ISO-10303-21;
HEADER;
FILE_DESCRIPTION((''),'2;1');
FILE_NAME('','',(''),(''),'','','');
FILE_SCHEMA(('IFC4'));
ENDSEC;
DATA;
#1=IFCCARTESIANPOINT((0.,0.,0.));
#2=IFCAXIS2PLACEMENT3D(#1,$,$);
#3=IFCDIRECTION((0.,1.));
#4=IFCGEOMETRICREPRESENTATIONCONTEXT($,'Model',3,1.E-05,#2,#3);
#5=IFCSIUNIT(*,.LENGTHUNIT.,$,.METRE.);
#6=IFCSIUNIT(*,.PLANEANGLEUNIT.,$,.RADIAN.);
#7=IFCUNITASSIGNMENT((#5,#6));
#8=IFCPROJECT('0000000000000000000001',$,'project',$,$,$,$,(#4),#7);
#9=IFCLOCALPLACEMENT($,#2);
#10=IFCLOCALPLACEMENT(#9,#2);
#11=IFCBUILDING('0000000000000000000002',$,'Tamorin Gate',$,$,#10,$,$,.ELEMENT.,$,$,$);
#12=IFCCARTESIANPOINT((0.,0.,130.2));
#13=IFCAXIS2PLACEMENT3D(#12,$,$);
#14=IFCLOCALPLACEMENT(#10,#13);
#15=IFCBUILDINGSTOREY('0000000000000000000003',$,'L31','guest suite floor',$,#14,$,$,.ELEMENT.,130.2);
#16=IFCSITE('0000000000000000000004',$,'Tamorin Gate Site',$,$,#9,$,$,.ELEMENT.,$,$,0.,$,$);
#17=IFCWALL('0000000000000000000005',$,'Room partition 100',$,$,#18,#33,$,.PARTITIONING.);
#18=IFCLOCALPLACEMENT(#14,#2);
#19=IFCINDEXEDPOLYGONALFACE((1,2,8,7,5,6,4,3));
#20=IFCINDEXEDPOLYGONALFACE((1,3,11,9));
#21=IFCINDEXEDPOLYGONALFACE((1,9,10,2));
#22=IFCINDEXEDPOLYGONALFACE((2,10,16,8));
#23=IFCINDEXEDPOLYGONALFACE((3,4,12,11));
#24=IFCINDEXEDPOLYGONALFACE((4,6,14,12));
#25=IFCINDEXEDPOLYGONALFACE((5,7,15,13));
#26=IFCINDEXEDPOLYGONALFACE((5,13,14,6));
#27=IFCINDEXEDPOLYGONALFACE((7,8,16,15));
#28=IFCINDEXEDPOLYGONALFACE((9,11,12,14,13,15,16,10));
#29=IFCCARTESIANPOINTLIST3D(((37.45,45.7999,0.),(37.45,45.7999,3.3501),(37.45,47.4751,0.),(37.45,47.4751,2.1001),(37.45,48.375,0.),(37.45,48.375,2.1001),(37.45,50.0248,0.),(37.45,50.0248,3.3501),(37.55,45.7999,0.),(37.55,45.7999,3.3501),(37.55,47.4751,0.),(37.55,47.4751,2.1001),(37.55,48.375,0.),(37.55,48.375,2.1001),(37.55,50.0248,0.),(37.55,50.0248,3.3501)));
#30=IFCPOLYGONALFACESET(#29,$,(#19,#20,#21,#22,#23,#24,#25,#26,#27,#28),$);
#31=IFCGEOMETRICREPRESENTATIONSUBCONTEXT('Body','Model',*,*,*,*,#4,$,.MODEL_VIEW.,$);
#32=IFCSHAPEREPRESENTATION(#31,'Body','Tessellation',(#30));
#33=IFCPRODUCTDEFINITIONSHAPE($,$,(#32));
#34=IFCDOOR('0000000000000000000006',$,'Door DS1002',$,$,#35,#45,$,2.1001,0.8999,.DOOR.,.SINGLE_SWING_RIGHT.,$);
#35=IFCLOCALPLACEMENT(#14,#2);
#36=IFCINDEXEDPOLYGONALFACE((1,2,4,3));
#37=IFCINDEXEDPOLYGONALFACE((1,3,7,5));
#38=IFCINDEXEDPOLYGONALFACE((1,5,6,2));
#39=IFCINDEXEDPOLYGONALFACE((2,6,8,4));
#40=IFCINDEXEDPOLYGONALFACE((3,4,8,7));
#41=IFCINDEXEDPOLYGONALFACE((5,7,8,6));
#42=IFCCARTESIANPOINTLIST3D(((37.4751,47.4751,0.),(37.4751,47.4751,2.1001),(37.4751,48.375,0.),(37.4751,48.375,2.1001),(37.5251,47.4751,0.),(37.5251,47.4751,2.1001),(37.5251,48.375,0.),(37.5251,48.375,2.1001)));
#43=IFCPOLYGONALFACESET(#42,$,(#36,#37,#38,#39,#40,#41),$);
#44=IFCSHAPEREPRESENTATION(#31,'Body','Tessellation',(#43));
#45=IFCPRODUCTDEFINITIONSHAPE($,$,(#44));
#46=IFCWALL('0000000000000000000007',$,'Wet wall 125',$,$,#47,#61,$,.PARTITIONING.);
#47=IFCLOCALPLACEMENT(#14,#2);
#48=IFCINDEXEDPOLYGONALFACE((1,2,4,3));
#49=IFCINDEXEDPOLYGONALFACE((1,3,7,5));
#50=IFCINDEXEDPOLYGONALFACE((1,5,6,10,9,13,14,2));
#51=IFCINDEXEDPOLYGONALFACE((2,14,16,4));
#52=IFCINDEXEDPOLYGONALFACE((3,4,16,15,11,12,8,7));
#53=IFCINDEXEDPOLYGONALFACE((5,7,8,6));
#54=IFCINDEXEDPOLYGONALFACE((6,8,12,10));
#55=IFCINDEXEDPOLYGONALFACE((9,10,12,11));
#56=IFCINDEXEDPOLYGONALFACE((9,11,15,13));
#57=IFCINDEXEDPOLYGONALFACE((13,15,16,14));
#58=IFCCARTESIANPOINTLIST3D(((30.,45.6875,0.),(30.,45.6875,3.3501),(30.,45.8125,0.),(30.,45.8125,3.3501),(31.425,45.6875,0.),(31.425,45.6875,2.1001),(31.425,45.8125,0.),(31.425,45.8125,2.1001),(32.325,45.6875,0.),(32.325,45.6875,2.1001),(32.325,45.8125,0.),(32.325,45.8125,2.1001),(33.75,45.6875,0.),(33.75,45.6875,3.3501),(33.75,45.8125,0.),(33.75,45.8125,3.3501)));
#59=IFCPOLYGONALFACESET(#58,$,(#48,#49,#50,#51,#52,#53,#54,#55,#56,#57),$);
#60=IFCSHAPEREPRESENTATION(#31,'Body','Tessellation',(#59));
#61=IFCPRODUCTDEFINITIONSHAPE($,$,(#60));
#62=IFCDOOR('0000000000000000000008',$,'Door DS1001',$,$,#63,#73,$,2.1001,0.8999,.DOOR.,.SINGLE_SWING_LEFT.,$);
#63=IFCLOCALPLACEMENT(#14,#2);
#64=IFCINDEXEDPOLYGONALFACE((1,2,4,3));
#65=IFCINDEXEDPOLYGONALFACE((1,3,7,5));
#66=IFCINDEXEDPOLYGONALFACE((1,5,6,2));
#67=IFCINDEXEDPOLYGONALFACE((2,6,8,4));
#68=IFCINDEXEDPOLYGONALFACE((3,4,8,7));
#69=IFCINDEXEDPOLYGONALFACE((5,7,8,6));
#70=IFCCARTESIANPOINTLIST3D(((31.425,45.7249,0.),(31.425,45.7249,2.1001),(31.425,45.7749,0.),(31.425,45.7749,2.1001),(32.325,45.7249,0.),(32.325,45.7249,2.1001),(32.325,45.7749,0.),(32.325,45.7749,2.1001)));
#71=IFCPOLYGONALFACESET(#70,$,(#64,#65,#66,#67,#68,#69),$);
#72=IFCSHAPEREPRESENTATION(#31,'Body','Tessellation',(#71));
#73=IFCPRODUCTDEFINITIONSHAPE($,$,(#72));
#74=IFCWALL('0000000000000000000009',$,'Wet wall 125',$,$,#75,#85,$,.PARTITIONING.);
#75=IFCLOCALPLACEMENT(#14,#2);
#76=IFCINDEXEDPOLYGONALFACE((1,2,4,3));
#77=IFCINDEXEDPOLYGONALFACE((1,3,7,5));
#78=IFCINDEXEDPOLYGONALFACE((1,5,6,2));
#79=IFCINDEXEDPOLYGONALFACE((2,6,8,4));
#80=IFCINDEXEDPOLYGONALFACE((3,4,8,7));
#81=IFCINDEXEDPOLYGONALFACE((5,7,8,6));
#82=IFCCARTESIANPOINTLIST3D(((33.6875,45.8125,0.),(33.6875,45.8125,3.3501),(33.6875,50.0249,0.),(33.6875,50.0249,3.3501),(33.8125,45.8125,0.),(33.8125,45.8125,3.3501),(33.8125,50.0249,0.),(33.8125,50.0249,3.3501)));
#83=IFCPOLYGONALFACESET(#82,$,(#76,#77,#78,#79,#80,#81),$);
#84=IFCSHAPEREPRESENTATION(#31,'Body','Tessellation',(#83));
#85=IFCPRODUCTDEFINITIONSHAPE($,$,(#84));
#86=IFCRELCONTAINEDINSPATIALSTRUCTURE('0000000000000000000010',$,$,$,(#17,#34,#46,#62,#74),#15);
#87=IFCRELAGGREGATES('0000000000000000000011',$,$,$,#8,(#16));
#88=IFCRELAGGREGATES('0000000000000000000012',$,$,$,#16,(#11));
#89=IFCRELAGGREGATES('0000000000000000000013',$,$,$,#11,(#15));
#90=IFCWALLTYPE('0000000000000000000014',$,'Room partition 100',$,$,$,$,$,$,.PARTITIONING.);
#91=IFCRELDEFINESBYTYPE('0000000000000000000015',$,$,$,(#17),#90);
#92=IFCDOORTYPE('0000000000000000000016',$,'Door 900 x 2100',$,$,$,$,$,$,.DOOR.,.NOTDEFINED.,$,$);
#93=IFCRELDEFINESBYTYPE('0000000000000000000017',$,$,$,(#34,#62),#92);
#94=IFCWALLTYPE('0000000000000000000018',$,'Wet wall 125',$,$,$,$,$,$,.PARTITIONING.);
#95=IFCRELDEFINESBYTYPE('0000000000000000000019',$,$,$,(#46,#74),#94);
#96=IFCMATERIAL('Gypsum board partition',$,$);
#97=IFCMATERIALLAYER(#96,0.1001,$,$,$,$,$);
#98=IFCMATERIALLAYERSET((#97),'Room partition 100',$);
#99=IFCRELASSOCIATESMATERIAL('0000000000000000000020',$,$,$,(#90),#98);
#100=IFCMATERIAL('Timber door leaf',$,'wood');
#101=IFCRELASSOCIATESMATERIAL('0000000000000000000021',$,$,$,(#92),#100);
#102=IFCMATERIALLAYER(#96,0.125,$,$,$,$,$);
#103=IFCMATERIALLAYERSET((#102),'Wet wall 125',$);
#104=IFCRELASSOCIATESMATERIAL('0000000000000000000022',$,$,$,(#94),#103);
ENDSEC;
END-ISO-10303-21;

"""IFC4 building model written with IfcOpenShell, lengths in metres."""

from ifc_helpers import new_model, si_unit, direction, frame, frame_2d, origin, place, context, subcontext, project, spatial, rectangle, extrude, material, layer, layer_set, type_object, element, fill, save


model = new_model("IFC4")

# Units and contexts
model_context = context("Model", 3, precision=1e-05, world=origin(), true_north=direction((0.0, 1.0)))
body_context = subcontext(model_context, "Body", "Model", "MODEL_VIEW")
ifc_project = project(units=[si_unit("LENGTHUNIT", "METRE"), si_unit("PLANEANGLEUNIT", "RADIAN")], contexts=[model_context])

# Site, building, storey
site_placement = place(None, origin())
site = spatial("IfcSite", under=ifc_project, at=site_placement, Name="Tamorin Gate Site", CompositionType="ELEMENT", RefElevation=0.0)
building_placement = place(site_placement, origin())
building = spatial("IfcBuilding", under=site, at=building_placement, Name="Tamorin Gate", CompositionType="ELEMENT")
storey_placement = place(building_placement, frame((0.0, 0.0, 130.2)))
storey = spatial("IfcBuildingStorey", under=building, at=storey_placement, Name="L31", Description="guest suite floor", CompositionType="ELEMENT", Elevation=130.2)

# Walls, openings, doors
ifc_material_1 = material(Name="Gypsum board partition")
ifc_layer_1 = layer(ifc_material_1, 0.1001)
ifc_layer_set_1 = layer_set([ifc_layer_1], Name="Room partition 100")
wall_type_1 = type_object("IfcWallType", Name="Room partition 100", PredefinedType="PARTITIONING", material=ifc_layer_set_1)
ifc_material_2 = material(Name="Timber door leaf", Category="wood")
door_type = type_object("IfcDoorType", Name="Door 900 x 2100", OperationType="NOTDEFINED", PredefinedType="DOOR", material=ifc_material_2)
wall_1_placement = place(storey_placement, frame((37.5, 45.8, 0.0), z_axis=(0.0, 0.0, 1.0), x_axis=(0.0, 1.0, 0.0)))
wall_1 = element("IfcWall", 1, at=wall_1_placement, inside=storey, type_object=wall_type_1, Name="Room partition 100", PredefinedType="PARTITIONING", context=body_context, shape_type="SweptSolid", body=[
    extrude(rectangle(XDim=4.2249, YDim=0.1001, at=frame_2d((2.1123, 0.0))), origin(), (0.0, 0.0, 1.0), 3.3501),
])
opening_1_placement = place(wall_1_placement, frame((1.675, 0.0, 0.0)))
opening_1 = element("IfcOpeningElement", 2, at=opening_1_placement, cuts=wall_1, PredefinedType="OPENING", context=body_context, shape_type="SweptSolid", body=[
    extrude(rectangle(XDim=0.8999, YDim=2.1001, at=frame_2d((0.45, 1.05))), frame((0.0, 0.0601, 0.0), z_axis=(0.0, -1.0, 0.0), x_axis=(1.0, 0.0, 0.0)), (0.0, 0.0, 1.0), 0.1201),
])
door_1_placement = place(opening_1_placement, origin())
door_1 = element("IfcDoor", 3, at=door_1_placement, inside=storey, type_object=door_type, Name="Door DS1002", OperationType="SINGLE_SWING_RIGHT", OverallHeight=2.1001, OverallWidth=0.8999, PredefinedType="DOOR", context=body_context, shape_type="SweptSolid", body=[
    extrude(rectangle(XDim=0.8999, YDim=2.1001, at=frame_2d((0.45, 1.05))), frame((0.0, 0.0249, 0.0), z_axis=(0.0, -1.0, 0.0), x_axis=(1.0, 0.0, 0.0)), (0.0, 0.0, 1.0), 0.05),
])
fill(opening_1, door_1)
ifc_layer_2 = layer(ifc_material_1, 0.125)
ifc_layer_set_2 = layer_set([ifc_layer_2], Name="Wet wall 125")
wall_type_2 = type_object("IfcWallType", Name="Wet wall 125", PredefinedType="PARTITIONING", material=ifc_layer_set_2)
wall_2_placement = place(storey_placement, frame((30.0, 45.75, 0.0), z_axis=(0.0, 0.0, 1.0), x_axis=(1.0, 0.0, 0.0)))
wall_2 = element("IfcWall", 4, at=wall_2_placement, inside=storey, type_object=wall_type_2, Name="Wet wall 125", PredefinedType="PARTITIONING", context=body_context, shape_type="SweptSolid", body=[
    extrude(rectangle(XDim=3.75, YDim=0.125, at=frame_2d((1.875, 0.0))), origin(), (0.0, 0.0, 1.0), 3.3501),
])
opening_2_placement = place(wall_2_placement, frame((1.425, 0.0, 0.0)))
opening_2 = element("IfcOpeningElement", 5, at=opening_2_placement, cuts=wall_2, PredefinedType="OPENING", context=body_context, shape_type="SweptSolid", body=[
    extrude(rectangle(XDim=0.8999, YDim=2.1001, at=frame_2d((0.45, 1.05))), frame((0.0, 0.0725, 0.0), z_axis=(0.0, -1.0, 0.0), x_axis=(1.0, 0.0, 0.0)), (0.0, 0.0, 1.0), 0.145),
])
door_2_placement = place(opening_2_placement, origin())
door_2 = element("IfcDoor", 6, at=door_2_placement, inside=storey, type_object=door_type, Name="Door DS1001", OperationType="SINGLE_SWING_LEFT", OverallHeight=2.1001, OverallWidth=0.8999, PredefinedType="DOOR", context=body_context, shape_type="SweptSolid", body=[
    extrude(rectangle(XDim=0.8999, YDim=2.1001, at=frame_2d((0.45, 1.05))), frame((0.0, 0.0249, 0.0), z_axis=(0.0, -1.0, 0.0), x_axis=(1.0, 0.0, 0.0)), (0.0, 0.0, 1.0), 0.05),
])
fill(opening_2, door_2)

# Wall
wall_3_placement = place(storey_placement, frame((33.75, 45.8125, 0.0), z_axis=(0.0, 0.0, 1.0), x_axis=(0.0, 1.0, 0.0)))
element("IfcWall", 7, at=wall_3_placement, inside=storey, type_object=wall_type_2, Name="Wet wall 125", PredefinedType="PARTITIONING", context=body_context, shape_type="SweptSolid", body=[
    extrude(rectangle(XDim=4.2124, YDim=0.125, at=frame_2d((2.1062, 0.0))), origin(), (0.0, 0.0, 1.0), 3.3501),
])

save(model, "model.ifc")
